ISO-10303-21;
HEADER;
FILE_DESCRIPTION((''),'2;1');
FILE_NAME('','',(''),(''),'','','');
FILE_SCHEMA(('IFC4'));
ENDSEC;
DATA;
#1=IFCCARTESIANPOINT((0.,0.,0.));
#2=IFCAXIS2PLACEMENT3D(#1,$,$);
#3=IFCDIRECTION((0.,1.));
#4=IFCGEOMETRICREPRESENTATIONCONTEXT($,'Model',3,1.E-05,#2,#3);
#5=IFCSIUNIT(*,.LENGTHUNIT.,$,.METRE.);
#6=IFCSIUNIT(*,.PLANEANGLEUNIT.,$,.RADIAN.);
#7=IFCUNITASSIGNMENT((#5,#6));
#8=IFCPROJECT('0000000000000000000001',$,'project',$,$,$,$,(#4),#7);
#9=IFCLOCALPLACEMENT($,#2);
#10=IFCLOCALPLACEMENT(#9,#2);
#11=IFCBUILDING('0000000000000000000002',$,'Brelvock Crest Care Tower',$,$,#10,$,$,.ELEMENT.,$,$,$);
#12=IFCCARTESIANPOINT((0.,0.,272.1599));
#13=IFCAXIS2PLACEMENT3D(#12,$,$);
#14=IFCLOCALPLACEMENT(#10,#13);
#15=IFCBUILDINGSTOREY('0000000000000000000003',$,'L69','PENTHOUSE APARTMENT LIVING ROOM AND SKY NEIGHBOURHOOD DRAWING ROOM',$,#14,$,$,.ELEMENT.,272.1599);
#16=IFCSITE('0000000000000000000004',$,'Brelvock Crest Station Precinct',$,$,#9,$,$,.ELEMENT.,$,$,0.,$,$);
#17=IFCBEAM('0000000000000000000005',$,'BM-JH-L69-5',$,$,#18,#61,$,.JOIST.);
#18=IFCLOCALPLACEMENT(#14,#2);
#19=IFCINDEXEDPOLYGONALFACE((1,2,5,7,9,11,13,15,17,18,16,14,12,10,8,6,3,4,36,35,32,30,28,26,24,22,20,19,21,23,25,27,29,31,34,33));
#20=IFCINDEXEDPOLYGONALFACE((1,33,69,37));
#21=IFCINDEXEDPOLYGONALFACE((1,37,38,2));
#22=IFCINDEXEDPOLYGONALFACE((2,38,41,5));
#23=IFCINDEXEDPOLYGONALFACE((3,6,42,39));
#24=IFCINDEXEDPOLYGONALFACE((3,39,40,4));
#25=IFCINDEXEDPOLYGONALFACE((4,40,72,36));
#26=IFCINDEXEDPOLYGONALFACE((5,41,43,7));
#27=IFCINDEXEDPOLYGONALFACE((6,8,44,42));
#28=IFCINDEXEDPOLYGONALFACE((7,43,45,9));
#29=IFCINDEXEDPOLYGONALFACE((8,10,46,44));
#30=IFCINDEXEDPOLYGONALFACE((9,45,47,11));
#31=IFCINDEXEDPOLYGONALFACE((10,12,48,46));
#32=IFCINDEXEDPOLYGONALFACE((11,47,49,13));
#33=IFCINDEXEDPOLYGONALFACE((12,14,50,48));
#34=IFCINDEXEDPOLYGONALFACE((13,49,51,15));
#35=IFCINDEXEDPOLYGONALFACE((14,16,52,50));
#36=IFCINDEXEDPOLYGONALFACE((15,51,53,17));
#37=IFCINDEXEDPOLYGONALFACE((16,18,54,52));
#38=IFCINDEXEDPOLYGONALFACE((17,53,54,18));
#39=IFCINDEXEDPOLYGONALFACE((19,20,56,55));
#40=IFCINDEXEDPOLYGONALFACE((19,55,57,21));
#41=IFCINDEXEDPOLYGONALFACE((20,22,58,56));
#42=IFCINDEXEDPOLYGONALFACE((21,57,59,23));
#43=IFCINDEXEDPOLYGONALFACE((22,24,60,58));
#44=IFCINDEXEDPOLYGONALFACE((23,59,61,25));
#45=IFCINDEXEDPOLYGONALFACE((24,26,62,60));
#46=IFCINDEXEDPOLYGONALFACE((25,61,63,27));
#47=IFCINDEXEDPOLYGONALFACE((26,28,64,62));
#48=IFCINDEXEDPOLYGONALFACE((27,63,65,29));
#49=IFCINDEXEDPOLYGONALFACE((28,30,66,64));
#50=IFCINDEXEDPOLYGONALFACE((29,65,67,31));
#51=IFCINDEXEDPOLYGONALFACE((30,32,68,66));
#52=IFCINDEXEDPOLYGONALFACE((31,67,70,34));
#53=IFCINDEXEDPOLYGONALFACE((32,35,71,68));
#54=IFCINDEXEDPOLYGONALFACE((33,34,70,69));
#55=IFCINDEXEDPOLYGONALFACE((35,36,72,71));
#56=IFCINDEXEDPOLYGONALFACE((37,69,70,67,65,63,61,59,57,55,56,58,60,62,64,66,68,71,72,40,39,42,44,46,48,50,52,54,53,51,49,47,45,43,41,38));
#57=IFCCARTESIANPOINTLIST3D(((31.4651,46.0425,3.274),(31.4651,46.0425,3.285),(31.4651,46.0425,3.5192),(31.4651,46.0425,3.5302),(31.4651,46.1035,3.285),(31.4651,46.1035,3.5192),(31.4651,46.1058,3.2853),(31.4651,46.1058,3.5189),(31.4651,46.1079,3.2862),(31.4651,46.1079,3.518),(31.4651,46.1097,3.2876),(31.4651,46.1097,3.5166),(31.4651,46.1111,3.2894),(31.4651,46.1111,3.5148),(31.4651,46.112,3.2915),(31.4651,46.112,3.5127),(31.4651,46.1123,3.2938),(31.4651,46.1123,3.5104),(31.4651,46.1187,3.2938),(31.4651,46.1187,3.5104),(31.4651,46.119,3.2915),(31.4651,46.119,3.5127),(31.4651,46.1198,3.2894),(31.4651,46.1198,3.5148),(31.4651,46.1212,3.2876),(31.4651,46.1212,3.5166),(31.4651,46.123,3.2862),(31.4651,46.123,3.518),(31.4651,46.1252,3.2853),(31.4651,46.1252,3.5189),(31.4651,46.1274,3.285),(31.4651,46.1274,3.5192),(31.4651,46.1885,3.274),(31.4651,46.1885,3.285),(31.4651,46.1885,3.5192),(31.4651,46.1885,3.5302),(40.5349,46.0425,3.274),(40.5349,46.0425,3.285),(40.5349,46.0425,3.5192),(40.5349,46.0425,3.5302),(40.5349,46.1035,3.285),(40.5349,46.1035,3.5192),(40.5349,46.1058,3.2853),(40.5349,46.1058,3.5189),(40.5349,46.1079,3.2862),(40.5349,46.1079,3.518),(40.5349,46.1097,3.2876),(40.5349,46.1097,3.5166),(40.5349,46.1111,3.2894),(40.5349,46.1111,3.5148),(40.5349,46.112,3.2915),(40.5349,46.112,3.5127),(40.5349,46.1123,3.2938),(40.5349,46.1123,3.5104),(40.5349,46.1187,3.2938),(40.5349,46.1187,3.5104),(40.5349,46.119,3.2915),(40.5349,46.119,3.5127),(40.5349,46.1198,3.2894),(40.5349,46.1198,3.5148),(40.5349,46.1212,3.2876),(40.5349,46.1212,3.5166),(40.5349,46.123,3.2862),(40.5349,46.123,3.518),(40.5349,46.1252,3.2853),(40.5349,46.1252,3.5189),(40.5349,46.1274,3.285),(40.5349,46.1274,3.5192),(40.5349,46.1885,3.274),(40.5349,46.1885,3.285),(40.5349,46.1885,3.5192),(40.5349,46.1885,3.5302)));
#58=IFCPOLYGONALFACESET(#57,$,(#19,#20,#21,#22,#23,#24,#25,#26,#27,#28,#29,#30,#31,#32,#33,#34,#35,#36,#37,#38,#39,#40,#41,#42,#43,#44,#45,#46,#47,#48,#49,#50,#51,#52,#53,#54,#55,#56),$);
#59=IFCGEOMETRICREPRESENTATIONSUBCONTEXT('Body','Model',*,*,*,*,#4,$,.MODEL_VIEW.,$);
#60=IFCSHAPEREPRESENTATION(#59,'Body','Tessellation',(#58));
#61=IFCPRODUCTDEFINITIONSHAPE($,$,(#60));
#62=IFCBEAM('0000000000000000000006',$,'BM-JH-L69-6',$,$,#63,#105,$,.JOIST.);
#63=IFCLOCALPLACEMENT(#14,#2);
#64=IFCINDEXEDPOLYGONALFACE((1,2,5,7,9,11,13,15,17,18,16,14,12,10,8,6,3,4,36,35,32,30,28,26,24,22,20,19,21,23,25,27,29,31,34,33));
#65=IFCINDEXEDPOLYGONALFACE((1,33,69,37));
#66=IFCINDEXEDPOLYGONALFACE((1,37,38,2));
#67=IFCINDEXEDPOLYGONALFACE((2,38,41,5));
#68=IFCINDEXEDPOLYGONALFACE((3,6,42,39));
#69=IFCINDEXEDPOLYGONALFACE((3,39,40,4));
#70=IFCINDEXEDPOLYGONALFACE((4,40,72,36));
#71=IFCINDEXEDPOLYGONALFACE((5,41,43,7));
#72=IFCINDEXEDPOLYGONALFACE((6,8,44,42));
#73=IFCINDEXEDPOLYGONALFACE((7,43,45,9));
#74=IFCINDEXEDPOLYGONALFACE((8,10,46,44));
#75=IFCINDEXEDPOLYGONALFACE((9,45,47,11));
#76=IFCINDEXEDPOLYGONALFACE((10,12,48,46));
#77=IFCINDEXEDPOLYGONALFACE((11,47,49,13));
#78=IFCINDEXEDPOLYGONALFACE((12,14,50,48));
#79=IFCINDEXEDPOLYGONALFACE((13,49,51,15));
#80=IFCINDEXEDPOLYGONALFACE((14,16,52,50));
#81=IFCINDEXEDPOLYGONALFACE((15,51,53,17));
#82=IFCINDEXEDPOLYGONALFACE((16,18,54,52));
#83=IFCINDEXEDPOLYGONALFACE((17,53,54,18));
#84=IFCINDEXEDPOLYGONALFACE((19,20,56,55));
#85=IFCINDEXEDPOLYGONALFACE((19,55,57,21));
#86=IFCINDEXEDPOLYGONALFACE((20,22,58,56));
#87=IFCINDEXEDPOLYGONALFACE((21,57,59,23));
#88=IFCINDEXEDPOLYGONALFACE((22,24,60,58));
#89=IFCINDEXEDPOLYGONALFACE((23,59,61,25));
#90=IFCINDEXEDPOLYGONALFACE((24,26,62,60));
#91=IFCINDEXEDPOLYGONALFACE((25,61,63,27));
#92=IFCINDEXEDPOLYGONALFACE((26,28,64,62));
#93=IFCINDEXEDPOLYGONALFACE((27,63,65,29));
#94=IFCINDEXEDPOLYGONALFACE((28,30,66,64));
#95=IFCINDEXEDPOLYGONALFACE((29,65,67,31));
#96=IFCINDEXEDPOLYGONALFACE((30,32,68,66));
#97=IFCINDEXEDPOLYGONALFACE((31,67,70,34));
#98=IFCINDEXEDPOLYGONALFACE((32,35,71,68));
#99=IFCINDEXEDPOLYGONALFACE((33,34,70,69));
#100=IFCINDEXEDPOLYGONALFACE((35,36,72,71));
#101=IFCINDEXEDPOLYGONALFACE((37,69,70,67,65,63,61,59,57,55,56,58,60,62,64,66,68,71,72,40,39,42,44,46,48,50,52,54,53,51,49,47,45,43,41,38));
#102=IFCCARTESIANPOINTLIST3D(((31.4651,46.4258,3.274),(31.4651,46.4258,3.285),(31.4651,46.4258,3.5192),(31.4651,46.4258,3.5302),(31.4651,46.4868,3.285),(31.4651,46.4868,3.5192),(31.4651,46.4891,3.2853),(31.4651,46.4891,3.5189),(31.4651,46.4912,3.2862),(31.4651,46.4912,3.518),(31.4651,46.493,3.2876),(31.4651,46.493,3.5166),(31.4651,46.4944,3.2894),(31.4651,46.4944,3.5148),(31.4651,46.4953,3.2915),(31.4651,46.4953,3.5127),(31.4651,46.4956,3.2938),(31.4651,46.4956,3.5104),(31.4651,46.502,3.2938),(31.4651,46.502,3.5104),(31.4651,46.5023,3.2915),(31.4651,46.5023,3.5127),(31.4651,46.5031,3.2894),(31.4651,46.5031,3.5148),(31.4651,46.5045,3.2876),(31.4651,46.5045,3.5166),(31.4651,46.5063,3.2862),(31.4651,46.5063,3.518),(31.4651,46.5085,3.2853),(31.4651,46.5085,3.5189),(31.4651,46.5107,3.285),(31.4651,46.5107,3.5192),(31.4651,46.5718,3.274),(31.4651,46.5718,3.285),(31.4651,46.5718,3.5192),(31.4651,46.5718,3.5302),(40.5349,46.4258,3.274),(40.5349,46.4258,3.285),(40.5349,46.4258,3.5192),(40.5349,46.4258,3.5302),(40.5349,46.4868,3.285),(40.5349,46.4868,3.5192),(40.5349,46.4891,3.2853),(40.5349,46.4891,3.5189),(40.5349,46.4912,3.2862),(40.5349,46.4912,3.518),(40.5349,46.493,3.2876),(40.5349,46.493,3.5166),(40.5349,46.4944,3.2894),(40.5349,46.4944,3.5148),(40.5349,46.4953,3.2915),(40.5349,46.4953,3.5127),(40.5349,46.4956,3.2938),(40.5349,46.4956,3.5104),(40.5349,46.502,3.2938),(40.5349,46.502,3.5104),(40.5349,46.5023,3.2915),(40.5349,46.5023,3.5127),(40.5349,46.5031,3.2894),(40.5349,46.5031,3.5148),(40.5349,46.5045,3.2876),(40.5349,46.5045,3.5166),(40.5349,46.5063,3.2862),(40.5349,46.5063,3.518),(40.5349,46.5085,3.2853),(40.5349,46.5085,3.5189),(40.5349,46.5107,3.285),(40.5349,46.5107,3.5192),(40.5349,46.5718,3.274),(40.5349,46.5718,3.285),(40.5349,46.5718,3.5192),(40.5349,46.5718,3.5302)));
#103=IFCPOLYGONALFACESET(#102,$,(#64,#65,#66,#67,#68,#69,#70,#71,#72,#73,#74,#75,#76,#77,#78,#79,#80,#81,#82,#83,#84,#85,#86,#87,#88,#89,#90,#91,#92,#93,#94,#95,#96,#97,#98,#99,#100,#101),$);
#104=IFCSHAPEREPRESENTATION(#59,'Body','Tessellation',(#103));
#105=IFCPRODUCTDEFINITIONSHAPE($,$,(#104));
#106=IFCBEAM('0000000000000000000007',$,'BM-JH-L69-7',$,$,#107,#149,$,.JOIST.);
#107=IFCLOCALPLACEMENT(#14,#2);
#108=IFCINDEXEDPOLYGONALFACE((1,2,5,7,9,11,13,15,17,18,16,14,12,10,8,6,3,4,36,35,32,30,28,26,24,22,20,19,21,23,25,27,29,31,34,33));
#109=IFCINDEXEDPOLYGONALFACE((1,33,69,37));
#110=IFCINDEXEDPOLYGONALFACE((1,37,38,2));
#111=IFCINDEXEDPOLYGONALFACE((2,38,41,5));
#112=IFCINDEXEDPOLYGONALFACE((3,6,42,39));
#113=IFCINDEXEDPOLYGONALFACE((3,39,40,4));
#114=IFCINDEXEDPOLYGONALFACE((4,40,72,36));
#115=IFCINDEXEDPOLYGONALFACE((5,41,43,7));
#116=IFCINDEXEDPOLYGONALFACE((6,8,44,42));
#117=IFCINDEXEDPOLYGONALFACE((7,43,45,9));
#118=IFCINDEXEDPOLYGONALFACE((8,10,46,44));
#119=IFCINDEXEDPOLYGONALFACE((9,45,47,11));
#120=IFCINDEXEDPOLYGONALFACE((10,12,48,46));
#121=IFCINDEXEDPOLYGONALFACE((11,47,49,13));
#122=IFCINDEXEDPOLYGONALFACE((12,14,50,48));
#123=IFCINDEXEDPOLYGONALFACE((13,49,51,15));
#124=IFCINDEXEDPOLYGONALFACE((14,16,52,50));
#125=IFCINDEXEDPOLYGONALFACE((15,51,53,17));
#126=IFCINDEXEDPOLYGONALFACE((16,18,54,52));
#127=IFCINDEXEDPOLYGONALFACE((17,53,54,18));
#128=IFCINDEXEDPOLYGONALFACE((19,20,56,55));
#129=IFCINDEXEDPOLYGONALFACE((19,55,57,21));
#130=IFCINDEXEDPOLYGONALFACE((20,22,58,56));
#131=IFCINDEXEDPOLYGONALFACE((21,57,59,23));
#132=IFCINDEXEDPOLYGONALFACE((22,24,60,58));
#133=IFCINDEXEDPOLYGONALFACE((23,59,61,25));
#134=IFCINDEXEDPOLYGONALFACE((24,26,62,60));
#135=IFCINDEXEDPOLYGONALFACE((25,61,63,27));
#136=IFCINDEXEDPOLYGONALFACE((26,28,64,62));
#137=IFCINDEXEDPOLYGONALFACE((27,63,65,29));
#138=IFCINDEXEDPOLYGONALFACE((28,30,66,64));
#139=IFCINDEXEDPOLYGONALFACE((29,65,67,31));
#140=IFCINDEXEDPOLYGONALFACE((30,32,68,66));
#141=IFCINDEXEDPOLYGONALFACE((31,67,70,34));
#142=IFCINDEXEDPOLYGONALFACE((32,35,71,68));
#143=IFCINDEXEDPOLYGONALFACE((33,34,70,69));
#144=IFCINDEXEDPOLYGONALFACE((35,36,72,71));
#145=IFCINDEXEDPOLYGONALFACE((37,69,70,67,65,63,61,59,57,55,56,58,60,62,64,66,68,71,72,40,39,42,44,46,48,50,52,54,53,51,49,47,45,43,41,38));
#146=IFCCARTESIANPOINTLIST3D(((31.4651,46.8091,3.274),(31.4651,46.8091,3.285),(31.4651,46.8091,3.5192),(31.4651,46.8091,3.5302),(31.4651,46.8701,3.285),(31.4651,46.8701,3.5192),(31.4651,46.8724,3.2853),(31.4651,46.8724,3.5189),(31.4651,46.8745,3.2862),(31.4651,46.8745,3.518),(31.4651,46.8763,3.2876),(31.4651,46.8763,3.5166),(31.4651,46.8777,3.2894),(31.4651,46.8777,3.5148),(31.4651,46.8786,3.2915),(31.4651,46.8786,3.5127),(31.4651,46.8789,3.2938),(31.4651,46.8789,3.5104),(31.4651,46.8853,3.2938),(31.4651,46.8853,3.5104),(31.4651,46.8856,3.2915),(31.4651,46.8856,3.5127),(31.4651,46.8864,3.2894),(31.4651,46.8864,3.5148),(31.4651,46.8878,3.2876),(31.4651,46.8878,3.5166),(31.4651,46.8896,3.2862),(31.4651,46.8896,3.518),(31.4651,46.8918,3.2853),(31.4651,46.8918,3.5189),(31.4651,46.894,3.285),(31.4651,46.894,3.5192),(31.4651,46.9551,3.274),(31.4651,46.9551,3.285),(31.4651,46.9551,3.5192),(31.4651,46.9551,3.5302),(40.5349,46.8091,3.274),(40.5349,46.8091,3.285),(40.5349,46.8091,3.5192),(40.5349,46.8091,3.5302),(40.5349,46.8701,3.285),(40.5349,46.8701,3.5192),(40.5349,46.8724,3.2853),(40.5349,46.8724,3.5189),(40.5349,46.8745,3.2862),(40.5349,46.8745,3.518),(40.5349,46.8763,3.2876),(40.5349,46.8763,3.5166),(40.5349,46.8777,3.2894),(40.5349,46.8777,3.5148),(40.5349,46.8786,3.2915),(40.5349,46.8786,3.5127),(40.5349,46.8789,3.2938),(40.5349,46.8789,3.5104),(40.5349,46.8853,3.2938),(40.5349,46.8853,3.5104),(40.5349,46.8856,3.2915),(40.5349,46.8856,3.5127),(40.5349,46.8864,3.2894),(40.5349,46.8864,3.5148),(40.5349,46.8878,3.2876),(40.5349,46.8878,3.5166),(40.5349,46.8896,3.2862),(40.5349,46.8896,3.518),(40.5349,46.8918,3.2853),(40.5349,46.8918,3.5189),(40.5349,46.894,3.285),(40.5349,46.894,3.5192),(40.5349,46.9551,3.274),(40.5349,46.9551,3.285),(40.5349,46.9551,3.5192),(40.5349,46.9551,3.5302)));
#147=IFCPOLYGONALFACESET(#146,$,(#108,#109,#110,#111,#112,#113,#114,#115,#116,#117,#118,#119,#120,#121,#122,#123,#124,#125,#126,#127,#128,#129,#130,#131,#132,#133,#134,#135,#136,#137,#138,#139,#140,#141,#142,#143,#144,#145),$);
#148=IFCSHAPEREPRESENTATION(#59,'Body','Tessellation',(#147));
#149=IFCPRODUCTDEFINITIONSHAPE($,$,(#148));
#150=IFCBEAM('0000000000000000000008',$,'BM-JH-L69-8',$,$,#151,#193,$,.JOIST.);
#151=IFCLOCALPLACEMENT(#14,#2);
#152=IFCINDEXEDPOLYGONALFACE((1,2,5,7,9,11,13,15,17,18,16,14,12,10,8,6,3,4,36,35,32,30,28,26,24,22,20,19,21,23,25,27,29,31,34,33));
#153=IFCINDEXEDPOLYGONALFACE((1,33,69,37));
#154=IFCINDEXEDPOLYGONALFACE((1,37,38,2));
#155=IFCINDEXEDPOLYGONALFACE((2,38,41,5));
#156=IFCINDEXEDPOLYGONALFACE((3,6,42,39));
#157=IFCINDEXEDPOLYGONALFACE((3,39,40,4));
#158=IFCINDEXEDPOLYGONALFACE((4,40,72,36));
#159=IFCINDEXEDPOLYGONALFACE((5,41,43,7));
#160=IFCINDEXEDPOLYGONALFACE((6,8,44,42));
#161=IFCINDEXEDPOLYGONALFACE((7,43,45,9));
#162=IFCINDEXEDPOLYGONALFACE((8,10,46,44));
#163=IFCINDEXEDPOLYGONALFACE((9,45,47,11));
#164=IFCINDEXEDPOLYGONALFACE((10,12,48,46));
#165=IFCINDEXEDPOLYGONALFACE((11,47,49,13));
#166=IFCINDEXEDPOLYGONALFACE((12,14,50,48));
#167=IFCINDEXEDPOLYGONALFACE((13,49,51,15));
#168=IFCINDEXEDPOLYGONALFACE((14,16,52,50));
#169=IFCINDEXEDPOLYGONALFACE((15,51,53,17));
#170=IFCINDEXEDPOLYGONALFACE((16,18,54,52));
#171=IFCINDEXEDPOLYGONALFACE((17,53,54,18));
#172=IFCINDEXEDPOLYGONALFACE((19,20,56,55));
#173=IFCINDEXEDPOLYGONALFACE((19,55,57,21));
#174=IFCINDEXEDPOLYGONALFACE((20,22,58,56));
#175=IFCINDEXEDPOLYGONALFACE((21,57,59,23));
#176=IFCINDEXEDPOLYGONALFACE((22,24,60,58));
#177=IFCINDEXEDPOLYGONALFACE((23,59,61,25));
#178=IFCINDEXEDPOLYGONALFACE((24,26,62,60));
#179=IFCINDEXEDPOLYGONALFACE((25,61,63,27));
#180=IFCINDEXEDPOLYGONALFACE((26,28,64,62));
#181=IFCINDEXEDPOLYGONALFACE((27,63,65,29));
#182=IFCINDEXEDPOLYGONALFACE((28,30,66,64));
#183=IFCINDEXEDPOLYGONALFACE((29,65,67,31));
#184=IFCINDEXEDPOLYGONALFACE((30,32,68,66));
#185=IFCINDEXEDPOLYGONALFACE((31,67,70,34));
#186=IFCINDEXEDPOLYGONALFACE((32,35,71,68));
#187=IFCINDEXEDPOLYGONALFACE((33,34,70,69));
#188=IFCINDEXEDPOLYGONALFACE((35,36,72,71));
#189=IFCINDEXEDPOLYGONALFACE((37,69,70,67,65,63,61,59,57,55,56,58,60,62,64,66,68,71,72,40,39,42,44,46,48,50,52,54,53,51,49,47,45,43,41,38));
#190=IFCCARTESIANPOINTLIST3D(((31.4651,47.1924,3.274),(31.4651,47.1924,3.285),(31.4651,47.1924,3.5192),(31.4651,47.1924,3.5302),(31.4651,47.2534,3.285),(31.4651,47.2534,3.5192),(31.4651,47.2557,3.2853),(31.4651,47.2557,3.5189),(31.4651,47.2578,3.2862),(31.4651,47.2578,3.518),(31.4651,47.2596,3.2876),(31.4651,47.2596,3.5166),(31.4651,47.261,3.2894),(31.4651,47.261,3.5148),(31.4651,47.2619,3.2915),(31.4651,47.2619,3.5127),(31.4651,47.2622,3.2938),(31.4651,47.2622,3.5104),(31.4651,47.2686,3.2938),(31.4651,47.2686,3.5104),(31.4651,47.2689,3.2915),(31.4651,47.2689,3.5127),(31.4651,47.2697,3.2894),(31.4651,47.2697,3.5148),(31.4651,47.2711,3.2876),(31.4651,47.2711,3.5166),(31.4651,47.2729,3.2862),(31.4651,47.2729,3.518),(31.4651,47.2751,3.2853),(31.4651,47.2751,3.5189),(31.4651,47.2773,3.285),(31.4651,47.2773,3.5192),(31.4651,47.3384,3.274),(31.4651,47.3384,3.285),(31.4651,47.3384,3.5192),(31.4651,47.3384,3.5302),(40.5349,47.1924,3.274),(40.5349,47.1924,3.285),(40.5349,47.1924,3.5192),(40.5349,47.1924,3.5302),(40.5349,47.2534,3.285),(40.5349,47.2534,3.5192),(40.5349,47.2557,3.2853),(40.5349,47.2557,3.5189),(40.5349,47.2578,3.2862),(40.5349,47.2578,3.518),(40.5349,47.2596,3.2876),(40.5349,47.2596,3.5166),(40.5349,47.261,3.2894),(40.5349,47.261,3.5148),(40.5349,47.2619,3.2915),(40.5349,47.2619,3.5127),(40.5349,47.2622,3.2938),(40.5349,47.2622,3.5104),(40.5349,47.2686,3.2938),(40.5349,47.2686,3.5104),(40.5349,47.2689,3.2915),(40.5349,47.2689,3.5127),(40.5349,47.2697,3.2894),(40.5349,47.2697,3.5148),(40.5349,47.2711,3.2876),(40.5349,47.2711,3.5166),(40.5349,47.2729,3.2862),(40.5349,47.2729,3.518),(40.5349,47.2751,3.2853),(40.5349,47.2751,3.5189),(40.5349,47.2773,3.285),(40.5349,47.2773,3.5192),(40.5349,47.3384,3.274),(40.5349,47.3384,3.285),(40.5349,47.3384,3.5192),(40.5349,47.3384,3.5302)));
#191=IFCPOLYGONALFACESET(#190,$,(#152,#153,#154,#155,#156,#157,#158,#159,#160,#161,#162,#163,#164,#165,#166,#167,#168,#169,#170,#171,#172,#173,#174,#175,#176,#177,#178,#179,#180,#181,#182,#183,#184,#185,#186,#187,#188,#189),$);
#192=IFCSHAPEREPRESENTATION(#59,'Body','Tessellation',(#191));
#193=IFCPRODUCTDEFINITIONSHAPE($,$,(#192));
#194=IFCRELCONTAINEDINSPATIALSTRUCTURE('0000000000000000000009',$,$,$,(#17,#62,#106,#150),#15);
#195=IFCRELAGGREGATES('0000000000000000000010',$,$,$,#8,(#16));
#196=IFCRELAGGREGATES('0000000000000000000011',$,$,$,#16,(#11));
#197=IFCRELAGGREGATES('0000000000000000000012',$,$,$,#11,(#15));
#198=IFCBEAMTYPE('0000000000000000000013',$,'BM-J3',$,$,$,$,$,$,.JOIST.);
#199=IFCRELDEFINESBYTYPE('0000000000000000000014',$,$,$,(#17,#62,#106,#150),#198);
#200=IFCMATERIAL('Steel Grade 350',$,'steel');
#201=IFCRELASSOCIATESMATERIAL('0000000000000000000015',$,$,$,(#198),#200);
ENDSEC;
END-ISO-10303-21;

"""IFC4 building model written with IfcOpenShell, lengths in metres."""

from ifc_helpers import new_model, si_unit, direction, frame, origin, origin_2d, place, context, subcontext, project, spatial, i_section, extrude, source, transform, mapped, material, material_profile, profile_set, type_object, element, save


model = new_model("IFC4")

# Units and contexts
model_context = context("Model", 3, precision=1e-05, world=origin(), true_north=direction((0.0, 1.0)))
body_context = subcontext(model_context, "Body", "Model", "MODEL_VIEW")
ifc_project = project(units=[si_unit("LENGTHUNIT", "METRE"), si_unit("PLANEANGLEUNIT", "RADIAN")], contexts=[model_context])

# Site, building, storey
site_placement = place(None, origin())
site = spatial("IfcSite", under=ifc_project, at=site_placement, Name="Brelvock Crest Station Precinct", CompositionType="ELEMENT", RefElevation=0.0)
building_placement = place(site_placement, origin())
building = spatial("IfcBuilding", under=site, at=building_placement, Name="Brelvock Crest Care Tower", CompositionType="ELEMENT")
storey_placement = place(building_placement, frame((0.0, 0.0, 272.1599)))
storey = spatial("IfcBuildingStorey", under=building, at=storey_placement, Name="L69", Description="PENTHOUSE APARTMENT LIVING ROOM AND SKY NEIGHBOURHOOD DRAWING ROOM", CompositionType="ELEMENT", Elevation=272.1599)

# Beams
ifc_material_1 = material(Name="Steel Grade 350", Category="steel")
ifc_material_profile_1 = material_profile(ifc_material_1, i_section(OverallWidth=0.146, OverallDepth=0.2561, WebThickness=0.0063, FlangeThickness=0.011, FilletRadius=0.0088, at=origin_2d()), Name="250UB37.3")
ifc_profile_set_1 = profile_set([ifc_material_profile_1], Name="Steel Grade 350")
beam_type_1 = type_object("IfcBeamType", Name="BM-J3", PredefinedType="JOIST", material=ifc_profile_set_1)
shared_shape_1 = source(origin(), body_context, "Body", "SweptSolid", [
    extrude(i_section(OverallWidth=0.146, OverallDepth=0.2561, WebThickness=0.0063, FlangeThickness=0.011, FilletRadius=0.0088, at=origin_2d()), origin(), (0.0, 0.0, 1.0), 9.0698),
])
for number, where, z_axis, x_axis, name in (
    (1, (31.4651, 46.1155, 3.4021), (1.0, 0.0, 0.0), (0.0, 1.0, 0.0), "BM-JH-L69-5"),
    (2, (31.4651, 46.4988, 3.4021), (1.0, 0.0, 0.0), (0.0, 1.0, 0.0), "BM-JH-L69-6"),
    (3, (31.4651, 46.8821, 3.4021), (1.0, 0.0, 0.0), (0.0, 1.0, 0.0), "BM-JH-L69-7"),
    (4, (31.4651, 47.2654, 3.4021), (1.0, 0.0, 0.0), (0.0, 1.0, 0.0), "BM-JH-L69-8"),
):
    element("IfcBeam", number, at=place(storey_placement, frame(where, z_axis=z_axis, x_axis=x_axis)), inside=storey, type_object=beam_type_1, Name=name, PredefinedType="JOIST", context=body_context, shape_type="MappedRepresentation", body=[
        mapped(shared_shape_1, transform((0.0, 0.0, 0.0), x_axis=(1.0, 0.0, 0.0), y_axis=(0.0, 1.0, 0.0), z_axis=(0.0, 0.0, 1.0), scale=1.0)),
    ])

save(model, "model.ifc")
